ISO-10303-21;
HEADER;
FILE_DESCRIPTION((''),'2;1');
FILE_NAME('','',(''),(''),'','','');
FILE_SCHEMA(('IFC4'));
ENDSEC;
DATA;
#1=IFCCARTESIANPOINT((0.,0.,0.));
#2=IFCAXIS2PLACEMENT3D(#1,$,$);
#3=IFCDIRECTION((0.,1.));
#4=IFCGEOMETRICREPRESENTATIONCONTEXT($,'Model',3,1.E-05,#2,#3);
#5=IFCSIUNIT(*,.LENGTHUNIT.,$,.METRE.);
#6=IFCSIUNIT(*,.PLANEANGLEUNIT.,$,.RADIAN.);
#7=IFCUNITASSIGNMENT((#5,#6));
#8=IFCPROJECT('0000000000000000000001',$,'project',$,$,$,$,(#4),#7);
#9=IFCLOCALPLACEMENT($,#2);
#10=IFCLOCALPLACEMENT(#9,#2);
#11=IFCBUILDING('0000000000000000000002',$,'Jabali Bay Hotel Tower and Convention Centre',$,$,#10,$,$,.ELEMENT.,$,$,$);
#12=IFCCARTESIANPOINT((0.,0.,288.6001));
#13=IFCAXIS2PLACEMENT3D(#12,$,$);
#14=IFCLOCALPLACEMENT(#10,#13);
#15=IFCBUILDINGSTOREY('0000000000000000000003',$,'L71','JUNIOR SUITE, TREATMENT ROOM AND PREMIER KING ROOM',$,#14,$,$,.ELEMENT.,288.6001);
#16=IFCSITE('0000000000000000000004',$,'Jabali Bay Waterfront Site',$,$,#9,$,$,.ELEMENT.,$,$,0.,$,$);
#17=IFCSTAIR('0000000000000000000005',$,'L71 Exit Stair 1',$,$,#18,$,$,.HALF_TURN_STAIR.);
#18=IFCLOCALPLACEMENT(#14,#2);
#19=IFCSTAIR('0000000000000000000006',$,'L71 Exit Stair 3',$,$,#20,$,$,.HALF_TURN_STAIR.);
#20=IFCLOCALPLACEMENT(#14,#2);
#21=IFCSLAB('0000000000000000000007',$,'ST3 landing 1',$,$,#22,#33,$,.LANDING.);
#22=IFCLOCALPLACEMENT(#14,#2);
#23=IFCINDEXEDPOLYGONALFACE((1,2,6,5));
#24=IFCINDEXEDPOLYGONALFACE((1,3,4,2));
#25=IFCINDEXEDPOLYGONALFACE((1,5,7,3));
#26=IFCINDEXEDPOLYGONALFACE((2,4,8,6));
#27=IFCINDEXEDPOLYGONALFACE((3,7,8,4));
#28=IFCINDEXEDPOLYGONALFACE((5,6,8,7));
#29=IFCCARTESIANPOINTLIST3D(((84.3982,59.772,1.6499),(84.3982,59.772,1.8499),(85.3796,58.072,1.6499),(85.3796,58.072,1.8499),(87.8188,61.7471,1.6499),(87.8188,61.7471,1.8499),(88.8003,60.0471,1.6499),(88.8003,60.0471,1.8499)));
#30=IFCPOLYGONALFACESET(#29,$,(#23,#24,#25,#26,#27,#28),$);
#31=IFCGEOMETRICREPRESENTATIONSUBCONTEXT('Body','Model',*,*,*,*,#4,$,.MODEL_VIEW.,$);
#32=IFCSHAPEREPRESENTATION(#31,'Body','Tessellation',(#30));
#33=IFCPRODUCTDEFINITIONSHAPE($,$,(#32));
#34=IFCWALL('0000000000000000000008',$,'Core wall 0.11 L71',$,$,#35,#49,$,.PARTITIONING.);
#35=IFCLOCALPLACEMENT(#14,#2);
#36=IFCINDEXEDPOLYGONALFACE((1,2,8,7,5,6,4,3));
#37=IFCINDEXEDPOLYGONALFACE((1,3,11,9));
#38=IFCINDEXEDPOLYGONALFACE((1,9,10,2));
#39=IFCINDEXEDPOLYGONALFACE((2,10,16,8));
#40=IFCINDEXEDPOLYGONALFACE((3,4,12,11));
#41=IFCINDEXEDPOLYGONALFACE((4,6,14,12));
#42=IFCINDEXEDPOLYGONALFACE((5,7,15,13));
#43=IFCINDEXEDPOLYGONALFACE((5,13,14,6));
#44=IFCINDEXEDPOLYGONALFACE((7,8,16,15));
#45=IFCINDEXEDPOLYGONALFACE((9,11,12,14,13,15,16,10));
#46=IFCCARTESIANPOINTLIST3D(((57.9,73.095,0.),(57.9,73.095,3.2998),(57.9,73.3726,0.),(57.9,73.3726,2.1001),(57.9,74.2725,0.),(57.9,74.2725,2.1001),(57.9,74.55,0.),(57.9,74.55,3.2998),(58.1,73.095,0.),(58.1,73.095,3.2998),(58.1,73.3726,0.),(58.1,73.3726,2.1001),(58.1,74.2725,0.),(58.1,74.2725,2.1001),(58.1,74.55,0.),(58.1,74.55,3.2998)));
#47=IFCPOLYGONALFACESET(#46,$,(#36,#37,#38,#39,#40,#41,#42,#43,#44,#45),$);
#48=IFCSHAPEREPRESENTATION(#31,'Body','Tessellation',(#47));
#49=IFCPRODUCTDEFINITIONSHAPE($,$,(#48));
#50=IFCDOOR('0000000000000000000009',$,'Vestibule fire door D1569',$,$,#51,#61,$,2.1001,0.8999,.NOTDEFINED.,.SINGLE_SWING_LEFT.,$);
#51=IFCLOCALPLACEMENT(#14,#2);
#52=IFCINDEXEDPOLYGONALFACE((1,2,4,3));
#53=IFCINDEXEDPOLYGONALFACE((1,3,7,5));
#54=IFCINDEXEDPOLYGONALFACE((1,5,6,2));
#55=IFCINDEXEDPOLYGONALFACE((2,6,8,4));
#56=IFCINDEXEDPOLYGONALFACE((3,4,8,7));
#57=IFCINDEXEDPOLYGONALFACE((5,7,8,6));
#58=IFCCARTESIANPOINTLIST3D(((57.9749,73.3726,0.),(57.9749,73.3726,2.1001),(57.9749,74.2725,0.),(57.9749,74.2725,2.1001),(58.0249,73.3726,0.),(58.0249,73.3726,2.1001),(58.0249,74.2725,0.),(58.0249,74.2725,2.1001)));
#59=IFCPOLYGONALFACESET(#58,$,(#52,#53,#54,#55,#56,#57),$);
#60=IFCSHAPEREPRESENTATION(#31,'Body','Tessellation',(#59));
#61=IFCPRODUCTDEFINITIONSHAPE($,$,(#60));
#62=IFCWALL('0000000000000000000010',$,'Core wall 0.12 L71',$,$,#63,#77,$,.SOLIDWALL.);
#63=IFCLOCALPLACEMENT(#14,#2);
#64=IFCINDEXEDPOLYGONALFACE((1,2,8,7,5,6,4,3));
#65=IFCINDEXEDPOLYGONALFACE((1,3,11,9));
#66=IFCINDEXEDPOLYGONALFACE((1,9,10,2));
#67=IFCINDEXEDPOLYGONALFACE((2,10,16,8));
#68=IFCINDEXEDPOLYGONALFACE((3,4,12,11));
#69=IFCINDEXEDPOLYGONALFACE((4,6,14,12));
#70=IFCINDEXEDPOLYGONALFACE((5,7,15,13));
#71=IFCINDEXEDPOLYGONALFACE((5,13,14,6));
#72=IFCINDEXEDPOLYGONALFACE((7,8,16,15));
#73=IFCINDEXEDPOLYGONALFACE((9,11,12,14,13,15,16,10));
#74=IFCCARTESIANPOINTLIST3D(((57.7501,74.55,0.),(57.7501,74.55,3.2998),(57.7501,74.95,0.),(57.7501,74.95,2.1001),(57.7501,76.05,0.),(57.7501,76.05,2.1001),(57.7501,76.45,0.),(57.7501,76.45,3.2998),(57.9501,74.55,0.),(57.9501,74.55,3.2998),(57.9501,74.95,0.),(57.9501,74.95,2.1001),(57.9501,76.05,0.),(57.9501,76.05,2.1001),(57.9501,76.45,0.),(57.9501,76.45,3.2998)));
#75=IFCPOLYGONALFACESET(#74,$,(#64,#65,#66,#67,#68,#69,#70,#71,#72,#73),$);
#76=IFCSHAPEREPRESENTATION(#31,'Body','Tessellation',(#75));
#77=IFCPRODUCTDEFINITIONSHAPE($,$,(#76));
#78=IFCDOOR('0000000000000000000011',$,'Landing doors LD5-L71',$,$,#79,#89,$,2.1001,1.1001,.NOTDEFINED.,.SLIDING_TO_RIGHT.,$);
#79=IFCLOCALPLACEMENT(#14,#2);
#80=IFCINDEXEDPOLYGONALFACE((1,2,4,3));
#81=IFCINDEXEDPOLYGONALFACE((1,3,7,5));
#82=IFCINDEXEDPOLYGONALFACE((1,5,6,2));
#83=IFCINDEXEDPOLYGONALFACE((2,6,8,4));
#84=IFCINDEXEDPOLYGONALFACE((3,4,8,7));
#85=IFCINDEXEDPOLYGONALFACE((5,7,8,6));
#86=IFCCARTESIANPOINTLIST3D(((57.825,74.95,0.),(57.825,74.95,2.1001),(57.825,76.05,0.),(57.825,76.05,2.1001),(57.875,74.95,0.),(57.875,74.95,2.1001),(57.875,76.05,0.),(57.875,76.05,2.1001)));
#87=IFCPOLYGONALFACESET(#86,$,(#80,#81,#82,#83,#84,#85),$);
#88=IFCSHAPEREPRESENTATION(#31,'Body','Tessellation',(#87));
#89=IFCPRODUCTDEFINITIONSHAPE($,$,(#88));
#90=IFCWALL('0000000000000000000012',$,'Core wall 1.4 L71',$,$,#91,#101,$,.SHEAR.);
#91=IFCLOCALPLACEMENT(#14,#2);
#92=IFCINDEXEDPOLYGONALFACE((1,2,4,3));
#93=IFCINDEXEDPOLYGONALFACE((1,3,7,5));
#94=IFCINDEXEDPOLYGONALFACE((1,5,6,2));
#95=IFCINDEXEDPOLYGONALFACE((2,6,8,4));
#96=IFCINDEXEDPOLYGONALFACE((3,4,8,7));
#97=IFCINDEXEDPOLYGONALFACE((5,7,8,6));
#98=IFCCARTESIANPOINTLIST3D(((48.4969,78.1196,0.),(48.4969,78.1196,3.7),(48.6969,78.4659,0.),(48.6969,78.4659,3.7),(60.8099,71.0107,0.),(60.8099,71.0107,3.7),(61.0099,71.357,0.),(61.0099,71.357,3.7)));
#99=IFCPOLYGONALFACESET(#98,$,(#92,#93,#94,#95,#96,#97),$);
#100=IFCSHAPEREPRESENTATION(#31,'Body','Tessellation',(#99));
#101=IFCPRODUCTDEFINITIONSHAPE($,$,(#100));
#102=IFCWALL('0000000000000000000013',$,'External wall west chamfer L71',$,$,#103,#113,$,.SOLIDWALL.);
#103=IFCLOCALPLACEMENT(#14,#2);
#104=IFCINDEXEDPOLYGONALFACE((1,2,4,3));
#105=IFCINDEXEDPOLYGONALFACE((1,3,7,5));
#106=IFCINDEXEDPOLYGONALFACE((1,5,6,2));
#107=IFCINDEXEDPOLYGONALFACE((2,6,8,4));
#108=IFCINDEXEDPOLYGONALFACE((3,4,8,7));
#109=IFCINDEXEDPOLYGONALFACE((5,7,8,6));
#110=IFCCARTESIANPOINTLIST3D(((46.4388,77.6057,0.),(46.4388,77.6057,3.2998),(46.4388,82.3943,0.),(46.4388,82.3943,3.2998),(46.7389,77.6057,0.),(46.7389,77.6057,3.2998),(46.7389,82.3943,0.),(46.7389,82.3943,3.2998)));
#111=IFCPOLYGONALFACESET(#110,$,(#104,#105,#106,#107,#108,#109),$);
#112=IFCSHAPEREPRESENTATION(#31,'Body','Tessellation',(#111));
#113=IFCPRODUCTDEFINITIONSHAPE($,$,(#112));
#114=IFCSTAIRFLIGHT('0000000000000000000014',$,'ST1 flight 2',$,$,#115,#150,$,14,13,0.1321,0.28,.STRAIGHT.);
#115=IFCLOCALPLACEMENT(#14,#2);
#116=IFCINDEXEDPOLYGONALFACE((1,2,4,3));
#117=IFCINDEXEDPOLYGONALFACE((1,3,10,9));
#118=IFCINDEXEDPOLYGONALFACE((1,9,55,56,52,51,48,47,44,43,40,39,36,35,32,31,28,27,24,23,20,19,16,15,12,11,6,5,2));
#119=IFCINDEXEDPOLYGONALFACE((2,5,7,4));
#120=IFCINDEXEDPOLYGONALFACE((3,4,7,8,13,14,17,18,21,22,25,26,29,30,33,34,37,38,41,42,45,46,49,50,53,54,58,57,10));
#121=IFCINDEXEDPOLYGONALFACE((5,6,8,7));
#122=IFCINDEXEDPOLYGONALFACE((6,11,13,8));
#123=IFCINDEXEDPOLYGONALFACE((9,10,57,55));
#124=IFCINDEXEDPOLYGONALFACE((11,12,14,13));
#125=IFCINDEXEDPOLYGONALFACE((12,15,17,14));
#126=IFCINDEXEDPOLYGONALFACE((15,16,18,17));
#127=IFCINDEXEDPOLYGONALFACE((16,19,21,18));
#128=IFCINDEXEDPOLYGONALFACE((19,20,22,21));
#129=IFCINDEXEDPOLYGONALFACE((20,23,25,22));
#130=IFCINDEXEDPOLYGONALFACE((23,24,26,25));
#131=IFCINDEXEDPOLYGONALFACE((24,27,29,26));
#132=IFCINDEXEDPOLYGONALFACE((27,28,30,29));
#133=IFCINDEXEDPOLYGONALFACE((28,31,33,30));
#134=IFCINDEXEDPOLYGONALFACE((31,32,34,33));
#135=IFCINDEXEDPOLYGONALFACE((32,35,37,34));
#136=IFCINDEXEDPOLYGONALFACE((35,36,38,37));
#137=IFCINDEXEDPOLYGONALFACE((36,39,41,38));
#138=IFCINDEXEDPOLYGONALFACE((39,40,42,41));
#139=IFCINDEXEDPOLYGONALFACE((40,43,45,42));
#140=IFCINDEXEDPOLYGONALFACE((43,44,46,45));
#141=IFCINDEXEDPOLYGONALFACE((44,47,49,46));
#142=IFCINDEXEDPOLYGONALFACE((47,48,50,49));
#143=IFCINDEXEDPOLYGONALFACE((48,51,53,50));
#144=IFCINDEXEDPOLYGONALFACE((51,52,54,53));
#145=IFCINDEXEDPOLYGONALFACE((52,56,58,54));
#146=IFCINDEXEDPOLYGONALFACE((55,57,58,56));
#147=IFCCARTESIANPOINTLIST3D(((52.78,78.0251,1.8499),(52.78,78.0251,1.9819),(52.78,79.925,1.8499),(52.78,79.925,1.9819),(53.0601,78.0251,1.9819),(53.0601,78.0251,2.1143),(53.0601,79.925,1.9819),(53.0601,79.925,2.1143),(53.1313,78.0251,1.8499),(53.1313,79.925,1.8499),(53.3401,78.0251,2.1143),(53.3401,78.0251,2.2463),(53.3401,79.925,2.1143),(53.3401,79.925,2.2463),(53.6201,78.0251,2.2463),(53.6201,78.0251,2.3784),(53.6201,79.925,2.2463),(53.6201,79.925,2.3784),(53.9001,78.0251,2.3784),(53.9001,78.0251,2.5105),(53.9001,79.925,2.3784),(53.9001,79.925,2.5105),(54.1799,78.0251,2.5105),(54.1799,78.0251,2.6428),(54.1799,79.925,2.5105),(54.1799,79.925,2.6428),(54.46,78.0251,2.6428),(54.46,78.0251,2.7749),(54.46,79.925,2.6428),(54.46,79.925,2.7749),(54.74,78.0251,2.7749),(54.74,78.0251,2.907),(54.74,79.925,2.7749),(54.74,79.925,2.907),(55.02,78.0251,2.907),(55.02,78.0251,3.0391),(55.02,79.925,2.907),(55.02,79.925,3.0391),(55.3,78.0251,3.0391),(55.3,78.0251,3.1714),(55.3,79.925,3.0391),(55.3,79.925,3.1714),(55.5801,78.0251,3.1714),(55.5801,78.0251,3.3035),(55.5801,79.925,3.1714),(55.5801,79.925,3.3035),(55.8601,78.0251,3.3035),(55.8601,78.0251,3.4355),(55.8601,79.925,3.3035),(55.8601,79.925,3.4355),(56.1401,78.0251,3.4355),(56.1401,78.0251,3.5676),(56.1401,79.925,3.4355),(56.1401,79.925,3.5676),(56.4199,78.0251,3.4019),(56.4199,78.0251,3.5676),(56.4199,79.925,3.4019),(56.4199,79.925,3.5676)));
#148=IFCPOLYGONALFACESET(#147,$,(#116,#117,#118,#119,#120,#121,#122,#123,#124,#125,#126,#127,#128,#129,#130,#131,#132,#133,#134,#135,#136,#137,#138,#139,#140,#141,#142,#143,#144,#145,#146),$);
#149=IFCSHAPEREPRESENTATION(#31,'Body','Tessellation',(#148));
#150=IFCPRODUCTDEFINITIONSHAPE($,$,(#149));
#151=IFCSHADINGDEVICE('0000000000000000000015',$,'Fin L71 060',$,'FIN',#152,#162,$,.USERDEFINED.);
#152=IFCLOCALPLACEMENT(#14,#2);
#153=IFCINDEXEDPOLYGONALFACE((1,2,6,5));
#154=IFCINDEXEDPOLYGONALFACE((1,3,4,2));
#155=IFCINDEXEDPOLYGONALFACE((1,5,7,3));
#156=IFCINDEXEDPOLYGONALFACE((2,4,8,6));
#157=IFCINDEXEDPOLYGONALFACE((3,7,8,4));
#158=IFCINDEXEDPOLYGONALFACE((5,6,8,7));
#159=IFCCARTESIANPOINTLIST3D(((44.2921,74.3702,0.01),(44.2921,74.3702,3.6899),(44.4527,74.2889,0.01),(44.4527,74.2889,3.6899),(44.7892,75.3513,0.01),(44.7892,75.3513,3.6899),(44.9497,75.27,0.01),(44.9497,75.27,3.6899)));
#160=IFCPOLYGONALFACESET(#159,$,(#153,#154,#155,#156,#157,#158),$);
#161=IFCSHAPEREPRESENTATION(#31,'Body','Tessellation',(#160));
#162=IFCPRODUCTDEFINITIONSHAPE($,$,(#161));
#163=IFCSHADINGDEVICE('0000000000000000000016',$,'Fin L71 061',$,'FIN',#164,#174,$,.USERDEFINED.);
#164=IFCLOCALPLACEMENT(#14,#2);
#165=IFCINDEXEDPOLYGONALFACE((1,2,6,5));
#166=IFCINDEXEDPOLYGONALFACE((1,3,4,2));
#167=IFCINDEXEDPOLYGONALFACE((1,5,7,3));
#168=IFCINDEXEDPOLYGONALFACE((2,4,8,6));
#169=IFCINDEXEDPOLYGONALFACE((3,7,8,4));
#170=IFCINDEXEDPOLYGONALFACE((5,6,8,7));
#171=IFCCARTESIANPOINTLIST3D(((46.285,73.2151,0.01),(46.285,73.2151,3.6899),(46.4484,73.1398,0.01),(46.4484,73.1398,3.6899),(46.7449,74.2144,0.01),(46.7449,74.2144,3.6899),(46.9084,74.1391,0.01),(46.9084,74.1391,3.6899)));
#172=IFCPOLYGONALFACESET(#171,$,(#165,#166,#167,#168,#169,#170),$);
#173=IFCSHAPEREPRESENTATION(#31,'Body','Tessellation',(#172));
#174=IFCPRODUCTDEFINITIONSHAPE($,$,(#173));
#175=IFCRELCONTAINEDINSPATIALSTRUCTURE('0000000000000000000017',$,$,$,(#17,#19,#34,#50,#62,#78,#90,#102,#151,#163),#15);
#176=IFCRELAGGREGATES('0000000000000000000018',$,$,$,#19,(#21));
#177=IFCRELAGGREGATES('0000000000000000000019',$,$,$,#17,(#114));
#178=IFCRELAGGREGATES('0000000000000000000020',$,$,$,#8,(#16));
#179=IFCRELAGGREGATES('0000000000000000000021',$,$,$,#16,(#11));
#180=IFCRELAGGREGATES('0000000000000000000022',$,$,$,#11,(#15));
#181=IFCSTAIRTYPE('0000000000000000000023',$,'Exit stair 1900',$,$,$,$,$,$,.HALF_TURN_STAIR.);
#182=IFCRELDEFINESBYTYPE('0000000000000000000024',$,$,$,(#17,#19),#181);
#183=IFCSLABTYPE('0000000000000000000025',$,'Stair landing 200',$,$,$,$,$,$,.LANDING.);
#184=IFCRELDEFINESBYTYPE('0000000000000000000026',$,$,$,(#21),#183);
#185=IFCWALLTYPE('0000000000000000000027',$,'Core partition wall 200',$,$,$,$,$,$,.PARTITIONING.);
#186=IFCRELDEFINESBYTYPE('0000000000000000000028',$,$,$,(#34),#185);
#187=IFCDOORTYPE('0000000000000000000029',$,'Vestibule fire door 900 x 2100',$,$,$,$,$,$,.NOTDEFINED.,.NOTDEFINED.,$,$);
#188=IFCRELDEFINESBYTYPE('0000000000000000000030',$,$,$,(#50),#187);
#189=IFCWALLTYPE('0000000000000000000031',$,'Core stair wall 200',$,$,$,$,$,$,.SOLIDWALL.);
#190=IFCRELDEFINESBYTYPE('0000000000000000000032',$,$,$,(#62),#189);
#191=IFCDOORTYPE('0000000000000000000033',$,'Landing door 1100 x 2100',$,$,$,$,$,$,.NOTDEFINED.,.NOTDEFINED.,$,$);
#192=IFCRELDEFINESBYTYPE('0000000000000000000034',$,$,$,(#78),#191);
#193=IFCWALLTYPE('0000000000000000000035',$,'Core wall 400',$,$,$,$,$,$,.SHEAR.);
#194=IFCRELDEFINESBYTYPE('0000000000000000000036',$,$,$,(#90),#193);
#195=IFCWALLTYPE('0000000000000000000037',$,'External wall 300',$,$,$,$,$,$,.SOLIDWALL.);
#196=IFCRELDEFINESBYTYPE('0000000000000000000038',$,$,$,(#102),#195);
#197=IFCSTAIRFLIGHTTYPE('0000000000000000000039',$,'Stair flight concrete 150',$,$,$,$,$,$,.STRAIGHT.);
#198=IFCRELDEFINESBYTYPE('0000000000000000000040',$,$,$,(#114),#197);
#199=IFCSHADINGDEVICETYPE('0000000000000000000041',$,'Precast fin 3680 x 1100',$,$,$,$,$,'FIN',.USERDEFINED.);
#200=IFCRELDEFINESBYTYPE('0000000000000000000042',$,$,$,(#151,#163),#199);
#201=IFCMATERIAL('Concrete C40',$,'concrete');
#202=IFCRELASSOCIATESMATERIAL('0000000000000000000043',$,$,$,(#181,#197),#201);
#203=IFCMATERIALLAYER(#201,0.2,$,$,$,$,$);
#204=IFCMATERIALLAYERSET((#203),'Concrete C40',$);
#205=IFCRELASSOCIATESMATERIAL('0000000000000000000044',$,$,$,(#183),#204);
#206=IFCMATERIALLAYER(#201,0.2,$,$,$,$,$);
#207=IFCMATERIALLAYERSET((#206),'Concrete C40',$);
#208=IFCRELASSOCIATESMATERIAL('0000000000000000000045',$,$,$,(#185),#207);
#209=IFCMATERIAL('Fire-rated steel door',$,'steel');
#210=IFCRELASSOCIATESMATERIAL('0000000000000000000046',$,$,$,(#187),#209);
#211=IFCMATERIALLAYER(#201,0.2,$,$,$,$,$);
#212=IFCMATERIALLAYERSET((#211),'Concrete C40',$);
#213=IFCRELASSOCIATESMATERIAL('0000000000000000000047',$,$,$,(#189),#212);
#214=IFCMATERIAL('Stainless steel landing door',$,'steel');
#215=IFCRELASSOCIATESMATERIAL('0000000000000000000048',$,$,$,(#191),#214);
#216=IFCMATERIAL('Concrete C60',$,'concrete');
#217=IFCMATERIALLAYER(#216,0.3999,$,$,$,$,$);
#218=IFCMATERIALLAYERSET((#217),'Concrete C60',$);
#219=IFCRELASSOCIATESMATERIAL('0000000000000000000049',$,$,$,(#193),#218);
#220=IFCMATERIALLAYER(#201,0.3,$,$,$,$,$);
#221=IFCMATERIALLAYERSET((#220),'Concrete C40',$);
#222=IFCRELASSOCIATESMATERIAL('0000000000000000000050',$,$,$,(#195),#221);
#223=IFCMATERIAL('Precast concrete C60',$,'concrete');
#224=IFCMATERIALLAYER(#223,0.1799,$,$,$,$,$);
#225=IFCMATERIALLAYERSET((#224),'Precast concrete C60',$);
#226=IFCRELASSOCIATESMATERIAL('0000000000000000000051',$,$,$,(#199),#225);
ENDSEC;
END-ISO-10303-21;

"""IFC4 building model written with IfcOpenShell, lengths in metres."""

from ifc_helpers import new_model, si_unit, direction, frame, frame_2d, origin, place, context, subcontext, project, spatial, polyline, rectangle, outline, extrude, material, layer, layer_set, type_object, element, fill, aggregate, save


model = new_model("IFC4")

# Units and contexts
model_context = context("Model", 3, precision=1e-05, world=origin(), true_north=direction((0.0, 1.0)))
body_context = subcontext(model_context, "Body", "Model", "MODEL_VIEW")
ifc_project = project(units=[si_unit("LENGTHUNIT", "METRE"), si_unit("PLANEANGLEUNIT", "RADIAN")], contexts=[model_context])

# Site, building, storey
site_placement = place(None, origin())
site = spatial("IfcSite", under=ifc_project, at=site_placement, Name="Jabali Bay Waterfront Site", CompositionType="ELEMENT", RefElevation=0.0)
building_placement = place(site_placement, origin())
building = spatial("IfcBuilding", under=site, at=building_placement, Name="Jabali Bay Hotel Tower and Convention Centre", CompositionType="ELEMENT")
storey_placement = place(building_placement, frame((0.0, 0.0, 288.6001)))
storey = spatial("IfcBuildingStorey", under=building, at=storey_placement, Name="L71", Description="JUNIOR SUITE, TREATMENT ROOM AND PREMIER KING ROOM", CompositionType="ELEMENT", Elevation=288.6001)

# Shared definitions
ifc_material_1 = material(Name="Concrete C60", Category="concrete")

# Shared definitions
ifc_material_2 = material(Name="Concrete C40", Category="concrete")

# Stairs, slab
stair_type = type_object("IfcStairType", Name="Exit stair 1900", PredefinedType="HALF_TURN_STAIR", material=ifc_material_2)
stair_1_placement = place(storey_placement, origin())
stair_1 = element("IfcStair", 1, at=stair_1_placement, inside=storey, type_object=stair_type, Name="L71 Exit Stair 1", PredefinedType="HALF_TURN_STAIR")
ifc_layer_1 = layer(ifc_material_2, 0.2)
ifc_layer_set_1 = layer_set([ifc_layer_1], Name="Concrete C40")
slab_type_1 = type_object("IfcSlabType", Name="Stair landing 200", PredefinedType="LANDING", material=ifc_layer_set_1)
stair_2_placement = place(storey_placement, origin())
stair_2 = element("IfcStair", 2, at=stair_2_placement, inside=storey, type_object=stair_type, Name="L71 Exit Stair 3", PredefinedType="HALF_TURN_STAIR")
slab_1_placement = place(storey_placement, frame((0.0, 0.0, 1.6499)))
slab_1 = element("IfcSlab", 3, at=slab_1_placement, type_object=slab_type_1, Name="ST3 landing 1", PredefinedType="LANDING", context=body_context, shape_type="SweptSolid", body=[
    extrude(outline(polyline([(84.3982, 59.772), (85.3796, 58.072), (88.8003, 60.0471), (87.8188, 61.7471), (84.3982, 59.772)])), origin(), (0.0, 0.0, 1.0), 0.2),
])
aggregate(stair_2, [slab_1])

# Walls, openings, doors
ifc_layer_2 = layer(ifc_material_2, 0.2)
ifc_layer_set_2 = layer_set([ifc_layer_2], Name="Concrete C40")
wall_type_1 = type_object("IfcWallType", Name="Core partition wall 200", PredefinedType="PARTITIONING", material=ifc_layer_set_2)
wall_1_placement = place(storey_placement, frame((58.0, 74.55, 0.0), z_axis=(0.0, 0.0, 1.0), x_axis=(0.0, -1.0, 0.0)))
wall_1 = element("IfcWall", 4, at=wall_1_placement, inside=storey, type_object=wall_type_1, Name="Core wall 0.11 L71", PredefinedType="PARTITIONING", context=body_context, shape_type="SweptSolid", body=[
    extrude(rectangle(XDim=1.4551, YDim=0.2, at=frame_2d((0.7275, 0.0))), origin(), (0.0, 0.0, 1.0), 3.2998),
])
opening_1_placement = place(wall_1_placement, frame((0.2776, 0.0, 0.0)))
opening_1 = element("IfcOpeningElement", 5, at=opening_1_placement, cuts=wall_1, PredefinedType="OPENING", context=body_context, shape_type="SweptSolid", body=[
    extrude(rectangle(XDim=0.8999, YDim=2.1001, at=frame_2d((0.45, 1.05))), frame((0.0, 0.1104, 0.0), z_axis=(0.0, -1.0, 0.0), x_axis=(1.0, 0.0, 0.0)), (0.0, 0.0, 1.0), 0.2209),
])
ifc_material_3 = material(Name="Fire-rated steel door", Category="steel")
door_type_1 = type_object("IfcDoorType", Name="Vestibule fire door 900 x 2100", OperationType="NOTDEFINED", PredefinedType="NOTDEFINED", material=ifc_material_3)
door_1_placement = place(opening_1_placement, origin())
door_1 = element("IfcDoor", 6, at=door_1_placement, inside=storey, type_object=door_type_1, Name="Vestibule fire door D1569", OperationType="SINGLE_SWING_LEFT", OverallHeight=2.1001, OverallWidth=0.8999, PredefinedType="NOTDEFINED", context=body_context, shape_type="SweptSolid", body=[
    extrude(rectangle(XDim=0.8999, YDim=2.1001, at=frame_2d((0.45, 1.05))), frame((0.0, 0.0249, 0.0), z_axis=(0.0, -1.0, 0.0), x_axis=(1.0, 0.0, 0.0)), (0.0, 0.0, 1.0), 0.05),
])
fill(opening_1, door_1)
ifc_layer_3 = layer(ifc_material_2, 0.2)
ifc_layer_set_3 = layer_set([ifc_layer_3], Name="Concrete C40")
wall_type_2 = type_object("IfcWallType", Name="Core stair wall 200", PredefinedType="SOLIDWALL", material=ifc_layer_set_3)
wall_2_placement = place(storey_placement, frame((57.8501, 76.45, 0.0), z_axis=(0.0, 0.0, 1.0), x_axis=(0.0, -1.0, 0.0)))
wall_2 = element("IfcWall", 7, at=wall_2_placement, inside=storey, type_object=wall_type_2, Name="Core wall 0.12 L71", PredefinedType="SOLIDWALL", context=body_context, shape_type="SweptSolid", body=[
    extrude(rectangle(XDim=1.8999, YDim=0.2, at=frame_2d((0.95, 0.0))), origin(), (0.0, 0.0, 1.0), 3.2998),
])
opening_2_placement = place(wall_2_placement, frame((0.3999, 0.0, 0.0)))
opening_2 = element("IfcOpeningElement", 8, at=opening_2_placement, cuts=wall_2, PredefinedType="OPENING", context=body_context, shape_type="SweptSolid", body=[
    extrude(rectangle(XDim=1.1001, YDim=2.1001, at=frame_2d((0.55, 1.05))), frame((0.0, 0.1104, 0.0), z_axis=(0.0, -1.0, 0.0), x_axis=(1.0, 0.0, 0.0)), (0.0, 0.0, 1.0), 0.2209),
])
ifc_material_4 = material(Name="Stainless steel landing door", Category="steel")
door_type_2 = type_object("IfcDoorType", Name="Landing door 1100 x 2100", OperationType="NOTDEFINED", PredefinedType="NOTDEFINED", material=ifc_material_4)
door_2_placement = place(opening_2_placement, origin())
door_2 = element("IfcDoor", 9, at=door_2_placement, inside=storey, type_object=door_type_2, Name="Landing doors LD5-L71", OperationType="SLIDING_TO_RIGHT", OverallHeight=2.1001, OverallWidth=1.1001, PredefinedType="NOTDEFINED", context=body_context, shape_type="SweptSolid", body=[
    extrude(rectangle(XDim=1.1001, YDim=2.1001, at=frame_2d((0.55, 1.05))), frame((0.0, 0.0249, 0.0), z_axis=(0.0, -1.0, 0.0), x_axis=(1.0, 0.0, 0.0)), (0.0, 0.0, 1.0), 0.05),
])
fill(opening_2, door_2)

# Walls
ifc_layer_4 = layer(ifc_material_1, 0.3999)
ifc_layer_set_4 = layer_set([ifc_layer_4], Name="Concrete C60")
wall_type_3 = type_object("IfcWallType", Name="Core wall 400", PredefinedType="SHEAR", material=ifc_layer_set_4)
wall_3_placement = place(storey_placement, frame((48.5969, 78.2927, 0.0), z_axis=(0.0, 0.0, 1.0), x_axis=(0.866026, -0.499999, 0.0)))
element("IfcWall", 10, at=wall_3_placement, inside=storey, type_object=wall_type_3, Name="Core wall 1.4 L71", PredefinedType="SHEAR", context=body_context, shape_type="SweptSolid", body=[
    extrude(rectangle(XDim=14.2178, YDim=0.3999, at=frame_2d((7.1089, 0.0))), origin(), (0.0, 0.0, 1.0), 3.7),
])
ifc_layer_5 = layer(ifc_material_2, 0.3)
ifc_layer_set_5 = layer_set([ifc_layer_5], Name="Concrete C40")
wall_type_4 = type_object("IfcWallType", Name="External wall 300", PredefinedType="SOLIDWALL", material=ifc_layer_set_5)
wall_4_placement = place(storey_placement, frame((46.5889, 77.6057, 0.0), z_axis=(0.0, 0.0, 1.0), x_axis=(0.0, 1.0, 0.0)))
element("IfcWall", 11, at=wall_4_placement, inside=storey, type_object=wall_type_4, Name="External wall west chamfer L71", PredefinedType="SOLIDWALL", context=body_context, shape_type="SweptSolid", body=[
    extrude(rectangle(XDim=4.7886, YDim=0.3, at=frame_2d((2.3943, 0.0))), origin(), (0.0, 0.0, 1.0), 3.2998),
])

# Stair flight
stair_flight_type = type_object("IfcStairFlightType", Name="Stair flight concrete 150", PredefinedType="STRAIGHT", material=ifc_material_2)
stair_flight_placement = place(storey_placement, frame((52.78, 78.9751, 1.8499), z_axis=(0.0, 0.0, 1.0), x_axis=(1.0, 0.0, 0.0)))
stair_flight = element("IfcStairFlight", 12, at=stair_flight_placement, type_object=stair_flight_type, Name="ST1 flight 2", NumberOfRisers=14, NumberOfTreads=13, PredefinedType="STRAIGHT", RiserHeight=0.1321, TreadLength=0.28, context=body_context, shape_type="SweptSolid", body=[
    extrude(outline(polyline([(0.0, 0.0), (0.0, 0.1321), (0.28, 0.1321), (0.28, 0.2644), (0.5601, 0.2644), (0.5601, 0.3965), (0.8401, 0.3965), (0.8401, 0.5286), (1.1201, 0.5286), (1.1201, 0.6606), (1.3999, 0.6606), (1.3999, 0.793), (1.6799, 0.793), (1.6799, 0.925), (1.96, 0.925), (1.96, 1.0571), (2.24, 1.0571), (2.24, 1.1892), (2.52, 1.1892), (2.52, 1.3215), (2.8, 1.3215), (2.8, 1.4536), (3.0801, 1.4536), (3.0801, 1.5857), (3.3601, 1.5857), (3.3601, 1.7178), (3.6399, 1.7178), (3.6399, 1.8501), (3.6399, 1.552), (0.3513, 0.0), (0.0, 0.0)])), frame((0.0, 0.95, 0.0), z_axis=(0.0, -1.0, 0.0), x_axis=(1.0, 0.0, 0.0)), (0.0, 0.0, 1.0), 1.8999),
])
aggregate(stair_1, [stair_flight])

# Shading devices
ifc_material_5 = material(Name="Precast concrete C60", Category="concrete")
ifc_layer_6 = layer(ifc_material_5, 0.1799)
ifc_layer_set_6 = layer_set([ifc_layer_6], Name="Precast concrete C60")
shading_device_type_1 = type_object("IfcShadingDeviceType", Name="Precast fin 3680 x 1100", ElementType="FIN", PredefinedType="USERDEFINED", material=ifc_layer_set_6)
shading_device_1_placement = place(storey_placement, frame((44.8694, 75.3105, 0.01), z_axis=(0.0, 0.0, 1.0), x_axis=(-0.451913, -0.892062, 0.0)))
element("IfcShadingDevice", 13, at=shading_device_1_placement, inside=storey, type_object=shading_device_type_1, Name="Fin L71 060", ObjectType="FIN", PredefinedType="USERDEFINED", context=body_context, shape_type="SweptSolid", body=[
    extrude(rectangle(XDim=1.0999, YDim=0.1799, at=frame_2d((0.5498, 0.0))), origin(), (0.0, 0.0, 1.0), 3.6799),
])
shading_device_2_placement = place(storey_placement, frame((46.8267, 74.1768, 0.01), z_axis=(0.0, 0.0, 1.0), x_axis=(-0.418129, -0.908388, 0.0)))
element("IfcShadingDevice", 14, at=shading_device_2_placement, inside=storey, type_object=shading_device_type_1, Name="Fin L71 061", ObjectType="FIN", PredefinedType="USERDEFINED", context=body_context, shape_type="SweptSolid", body=[
    extrude(rectangle(XDim=1.1001, YDim=0.1799, at=frame_2d((0.55, 0.0))), origin(), (0.0, 0.0, 1.0), 3.6799),
])

save(model, "model.ifc")
